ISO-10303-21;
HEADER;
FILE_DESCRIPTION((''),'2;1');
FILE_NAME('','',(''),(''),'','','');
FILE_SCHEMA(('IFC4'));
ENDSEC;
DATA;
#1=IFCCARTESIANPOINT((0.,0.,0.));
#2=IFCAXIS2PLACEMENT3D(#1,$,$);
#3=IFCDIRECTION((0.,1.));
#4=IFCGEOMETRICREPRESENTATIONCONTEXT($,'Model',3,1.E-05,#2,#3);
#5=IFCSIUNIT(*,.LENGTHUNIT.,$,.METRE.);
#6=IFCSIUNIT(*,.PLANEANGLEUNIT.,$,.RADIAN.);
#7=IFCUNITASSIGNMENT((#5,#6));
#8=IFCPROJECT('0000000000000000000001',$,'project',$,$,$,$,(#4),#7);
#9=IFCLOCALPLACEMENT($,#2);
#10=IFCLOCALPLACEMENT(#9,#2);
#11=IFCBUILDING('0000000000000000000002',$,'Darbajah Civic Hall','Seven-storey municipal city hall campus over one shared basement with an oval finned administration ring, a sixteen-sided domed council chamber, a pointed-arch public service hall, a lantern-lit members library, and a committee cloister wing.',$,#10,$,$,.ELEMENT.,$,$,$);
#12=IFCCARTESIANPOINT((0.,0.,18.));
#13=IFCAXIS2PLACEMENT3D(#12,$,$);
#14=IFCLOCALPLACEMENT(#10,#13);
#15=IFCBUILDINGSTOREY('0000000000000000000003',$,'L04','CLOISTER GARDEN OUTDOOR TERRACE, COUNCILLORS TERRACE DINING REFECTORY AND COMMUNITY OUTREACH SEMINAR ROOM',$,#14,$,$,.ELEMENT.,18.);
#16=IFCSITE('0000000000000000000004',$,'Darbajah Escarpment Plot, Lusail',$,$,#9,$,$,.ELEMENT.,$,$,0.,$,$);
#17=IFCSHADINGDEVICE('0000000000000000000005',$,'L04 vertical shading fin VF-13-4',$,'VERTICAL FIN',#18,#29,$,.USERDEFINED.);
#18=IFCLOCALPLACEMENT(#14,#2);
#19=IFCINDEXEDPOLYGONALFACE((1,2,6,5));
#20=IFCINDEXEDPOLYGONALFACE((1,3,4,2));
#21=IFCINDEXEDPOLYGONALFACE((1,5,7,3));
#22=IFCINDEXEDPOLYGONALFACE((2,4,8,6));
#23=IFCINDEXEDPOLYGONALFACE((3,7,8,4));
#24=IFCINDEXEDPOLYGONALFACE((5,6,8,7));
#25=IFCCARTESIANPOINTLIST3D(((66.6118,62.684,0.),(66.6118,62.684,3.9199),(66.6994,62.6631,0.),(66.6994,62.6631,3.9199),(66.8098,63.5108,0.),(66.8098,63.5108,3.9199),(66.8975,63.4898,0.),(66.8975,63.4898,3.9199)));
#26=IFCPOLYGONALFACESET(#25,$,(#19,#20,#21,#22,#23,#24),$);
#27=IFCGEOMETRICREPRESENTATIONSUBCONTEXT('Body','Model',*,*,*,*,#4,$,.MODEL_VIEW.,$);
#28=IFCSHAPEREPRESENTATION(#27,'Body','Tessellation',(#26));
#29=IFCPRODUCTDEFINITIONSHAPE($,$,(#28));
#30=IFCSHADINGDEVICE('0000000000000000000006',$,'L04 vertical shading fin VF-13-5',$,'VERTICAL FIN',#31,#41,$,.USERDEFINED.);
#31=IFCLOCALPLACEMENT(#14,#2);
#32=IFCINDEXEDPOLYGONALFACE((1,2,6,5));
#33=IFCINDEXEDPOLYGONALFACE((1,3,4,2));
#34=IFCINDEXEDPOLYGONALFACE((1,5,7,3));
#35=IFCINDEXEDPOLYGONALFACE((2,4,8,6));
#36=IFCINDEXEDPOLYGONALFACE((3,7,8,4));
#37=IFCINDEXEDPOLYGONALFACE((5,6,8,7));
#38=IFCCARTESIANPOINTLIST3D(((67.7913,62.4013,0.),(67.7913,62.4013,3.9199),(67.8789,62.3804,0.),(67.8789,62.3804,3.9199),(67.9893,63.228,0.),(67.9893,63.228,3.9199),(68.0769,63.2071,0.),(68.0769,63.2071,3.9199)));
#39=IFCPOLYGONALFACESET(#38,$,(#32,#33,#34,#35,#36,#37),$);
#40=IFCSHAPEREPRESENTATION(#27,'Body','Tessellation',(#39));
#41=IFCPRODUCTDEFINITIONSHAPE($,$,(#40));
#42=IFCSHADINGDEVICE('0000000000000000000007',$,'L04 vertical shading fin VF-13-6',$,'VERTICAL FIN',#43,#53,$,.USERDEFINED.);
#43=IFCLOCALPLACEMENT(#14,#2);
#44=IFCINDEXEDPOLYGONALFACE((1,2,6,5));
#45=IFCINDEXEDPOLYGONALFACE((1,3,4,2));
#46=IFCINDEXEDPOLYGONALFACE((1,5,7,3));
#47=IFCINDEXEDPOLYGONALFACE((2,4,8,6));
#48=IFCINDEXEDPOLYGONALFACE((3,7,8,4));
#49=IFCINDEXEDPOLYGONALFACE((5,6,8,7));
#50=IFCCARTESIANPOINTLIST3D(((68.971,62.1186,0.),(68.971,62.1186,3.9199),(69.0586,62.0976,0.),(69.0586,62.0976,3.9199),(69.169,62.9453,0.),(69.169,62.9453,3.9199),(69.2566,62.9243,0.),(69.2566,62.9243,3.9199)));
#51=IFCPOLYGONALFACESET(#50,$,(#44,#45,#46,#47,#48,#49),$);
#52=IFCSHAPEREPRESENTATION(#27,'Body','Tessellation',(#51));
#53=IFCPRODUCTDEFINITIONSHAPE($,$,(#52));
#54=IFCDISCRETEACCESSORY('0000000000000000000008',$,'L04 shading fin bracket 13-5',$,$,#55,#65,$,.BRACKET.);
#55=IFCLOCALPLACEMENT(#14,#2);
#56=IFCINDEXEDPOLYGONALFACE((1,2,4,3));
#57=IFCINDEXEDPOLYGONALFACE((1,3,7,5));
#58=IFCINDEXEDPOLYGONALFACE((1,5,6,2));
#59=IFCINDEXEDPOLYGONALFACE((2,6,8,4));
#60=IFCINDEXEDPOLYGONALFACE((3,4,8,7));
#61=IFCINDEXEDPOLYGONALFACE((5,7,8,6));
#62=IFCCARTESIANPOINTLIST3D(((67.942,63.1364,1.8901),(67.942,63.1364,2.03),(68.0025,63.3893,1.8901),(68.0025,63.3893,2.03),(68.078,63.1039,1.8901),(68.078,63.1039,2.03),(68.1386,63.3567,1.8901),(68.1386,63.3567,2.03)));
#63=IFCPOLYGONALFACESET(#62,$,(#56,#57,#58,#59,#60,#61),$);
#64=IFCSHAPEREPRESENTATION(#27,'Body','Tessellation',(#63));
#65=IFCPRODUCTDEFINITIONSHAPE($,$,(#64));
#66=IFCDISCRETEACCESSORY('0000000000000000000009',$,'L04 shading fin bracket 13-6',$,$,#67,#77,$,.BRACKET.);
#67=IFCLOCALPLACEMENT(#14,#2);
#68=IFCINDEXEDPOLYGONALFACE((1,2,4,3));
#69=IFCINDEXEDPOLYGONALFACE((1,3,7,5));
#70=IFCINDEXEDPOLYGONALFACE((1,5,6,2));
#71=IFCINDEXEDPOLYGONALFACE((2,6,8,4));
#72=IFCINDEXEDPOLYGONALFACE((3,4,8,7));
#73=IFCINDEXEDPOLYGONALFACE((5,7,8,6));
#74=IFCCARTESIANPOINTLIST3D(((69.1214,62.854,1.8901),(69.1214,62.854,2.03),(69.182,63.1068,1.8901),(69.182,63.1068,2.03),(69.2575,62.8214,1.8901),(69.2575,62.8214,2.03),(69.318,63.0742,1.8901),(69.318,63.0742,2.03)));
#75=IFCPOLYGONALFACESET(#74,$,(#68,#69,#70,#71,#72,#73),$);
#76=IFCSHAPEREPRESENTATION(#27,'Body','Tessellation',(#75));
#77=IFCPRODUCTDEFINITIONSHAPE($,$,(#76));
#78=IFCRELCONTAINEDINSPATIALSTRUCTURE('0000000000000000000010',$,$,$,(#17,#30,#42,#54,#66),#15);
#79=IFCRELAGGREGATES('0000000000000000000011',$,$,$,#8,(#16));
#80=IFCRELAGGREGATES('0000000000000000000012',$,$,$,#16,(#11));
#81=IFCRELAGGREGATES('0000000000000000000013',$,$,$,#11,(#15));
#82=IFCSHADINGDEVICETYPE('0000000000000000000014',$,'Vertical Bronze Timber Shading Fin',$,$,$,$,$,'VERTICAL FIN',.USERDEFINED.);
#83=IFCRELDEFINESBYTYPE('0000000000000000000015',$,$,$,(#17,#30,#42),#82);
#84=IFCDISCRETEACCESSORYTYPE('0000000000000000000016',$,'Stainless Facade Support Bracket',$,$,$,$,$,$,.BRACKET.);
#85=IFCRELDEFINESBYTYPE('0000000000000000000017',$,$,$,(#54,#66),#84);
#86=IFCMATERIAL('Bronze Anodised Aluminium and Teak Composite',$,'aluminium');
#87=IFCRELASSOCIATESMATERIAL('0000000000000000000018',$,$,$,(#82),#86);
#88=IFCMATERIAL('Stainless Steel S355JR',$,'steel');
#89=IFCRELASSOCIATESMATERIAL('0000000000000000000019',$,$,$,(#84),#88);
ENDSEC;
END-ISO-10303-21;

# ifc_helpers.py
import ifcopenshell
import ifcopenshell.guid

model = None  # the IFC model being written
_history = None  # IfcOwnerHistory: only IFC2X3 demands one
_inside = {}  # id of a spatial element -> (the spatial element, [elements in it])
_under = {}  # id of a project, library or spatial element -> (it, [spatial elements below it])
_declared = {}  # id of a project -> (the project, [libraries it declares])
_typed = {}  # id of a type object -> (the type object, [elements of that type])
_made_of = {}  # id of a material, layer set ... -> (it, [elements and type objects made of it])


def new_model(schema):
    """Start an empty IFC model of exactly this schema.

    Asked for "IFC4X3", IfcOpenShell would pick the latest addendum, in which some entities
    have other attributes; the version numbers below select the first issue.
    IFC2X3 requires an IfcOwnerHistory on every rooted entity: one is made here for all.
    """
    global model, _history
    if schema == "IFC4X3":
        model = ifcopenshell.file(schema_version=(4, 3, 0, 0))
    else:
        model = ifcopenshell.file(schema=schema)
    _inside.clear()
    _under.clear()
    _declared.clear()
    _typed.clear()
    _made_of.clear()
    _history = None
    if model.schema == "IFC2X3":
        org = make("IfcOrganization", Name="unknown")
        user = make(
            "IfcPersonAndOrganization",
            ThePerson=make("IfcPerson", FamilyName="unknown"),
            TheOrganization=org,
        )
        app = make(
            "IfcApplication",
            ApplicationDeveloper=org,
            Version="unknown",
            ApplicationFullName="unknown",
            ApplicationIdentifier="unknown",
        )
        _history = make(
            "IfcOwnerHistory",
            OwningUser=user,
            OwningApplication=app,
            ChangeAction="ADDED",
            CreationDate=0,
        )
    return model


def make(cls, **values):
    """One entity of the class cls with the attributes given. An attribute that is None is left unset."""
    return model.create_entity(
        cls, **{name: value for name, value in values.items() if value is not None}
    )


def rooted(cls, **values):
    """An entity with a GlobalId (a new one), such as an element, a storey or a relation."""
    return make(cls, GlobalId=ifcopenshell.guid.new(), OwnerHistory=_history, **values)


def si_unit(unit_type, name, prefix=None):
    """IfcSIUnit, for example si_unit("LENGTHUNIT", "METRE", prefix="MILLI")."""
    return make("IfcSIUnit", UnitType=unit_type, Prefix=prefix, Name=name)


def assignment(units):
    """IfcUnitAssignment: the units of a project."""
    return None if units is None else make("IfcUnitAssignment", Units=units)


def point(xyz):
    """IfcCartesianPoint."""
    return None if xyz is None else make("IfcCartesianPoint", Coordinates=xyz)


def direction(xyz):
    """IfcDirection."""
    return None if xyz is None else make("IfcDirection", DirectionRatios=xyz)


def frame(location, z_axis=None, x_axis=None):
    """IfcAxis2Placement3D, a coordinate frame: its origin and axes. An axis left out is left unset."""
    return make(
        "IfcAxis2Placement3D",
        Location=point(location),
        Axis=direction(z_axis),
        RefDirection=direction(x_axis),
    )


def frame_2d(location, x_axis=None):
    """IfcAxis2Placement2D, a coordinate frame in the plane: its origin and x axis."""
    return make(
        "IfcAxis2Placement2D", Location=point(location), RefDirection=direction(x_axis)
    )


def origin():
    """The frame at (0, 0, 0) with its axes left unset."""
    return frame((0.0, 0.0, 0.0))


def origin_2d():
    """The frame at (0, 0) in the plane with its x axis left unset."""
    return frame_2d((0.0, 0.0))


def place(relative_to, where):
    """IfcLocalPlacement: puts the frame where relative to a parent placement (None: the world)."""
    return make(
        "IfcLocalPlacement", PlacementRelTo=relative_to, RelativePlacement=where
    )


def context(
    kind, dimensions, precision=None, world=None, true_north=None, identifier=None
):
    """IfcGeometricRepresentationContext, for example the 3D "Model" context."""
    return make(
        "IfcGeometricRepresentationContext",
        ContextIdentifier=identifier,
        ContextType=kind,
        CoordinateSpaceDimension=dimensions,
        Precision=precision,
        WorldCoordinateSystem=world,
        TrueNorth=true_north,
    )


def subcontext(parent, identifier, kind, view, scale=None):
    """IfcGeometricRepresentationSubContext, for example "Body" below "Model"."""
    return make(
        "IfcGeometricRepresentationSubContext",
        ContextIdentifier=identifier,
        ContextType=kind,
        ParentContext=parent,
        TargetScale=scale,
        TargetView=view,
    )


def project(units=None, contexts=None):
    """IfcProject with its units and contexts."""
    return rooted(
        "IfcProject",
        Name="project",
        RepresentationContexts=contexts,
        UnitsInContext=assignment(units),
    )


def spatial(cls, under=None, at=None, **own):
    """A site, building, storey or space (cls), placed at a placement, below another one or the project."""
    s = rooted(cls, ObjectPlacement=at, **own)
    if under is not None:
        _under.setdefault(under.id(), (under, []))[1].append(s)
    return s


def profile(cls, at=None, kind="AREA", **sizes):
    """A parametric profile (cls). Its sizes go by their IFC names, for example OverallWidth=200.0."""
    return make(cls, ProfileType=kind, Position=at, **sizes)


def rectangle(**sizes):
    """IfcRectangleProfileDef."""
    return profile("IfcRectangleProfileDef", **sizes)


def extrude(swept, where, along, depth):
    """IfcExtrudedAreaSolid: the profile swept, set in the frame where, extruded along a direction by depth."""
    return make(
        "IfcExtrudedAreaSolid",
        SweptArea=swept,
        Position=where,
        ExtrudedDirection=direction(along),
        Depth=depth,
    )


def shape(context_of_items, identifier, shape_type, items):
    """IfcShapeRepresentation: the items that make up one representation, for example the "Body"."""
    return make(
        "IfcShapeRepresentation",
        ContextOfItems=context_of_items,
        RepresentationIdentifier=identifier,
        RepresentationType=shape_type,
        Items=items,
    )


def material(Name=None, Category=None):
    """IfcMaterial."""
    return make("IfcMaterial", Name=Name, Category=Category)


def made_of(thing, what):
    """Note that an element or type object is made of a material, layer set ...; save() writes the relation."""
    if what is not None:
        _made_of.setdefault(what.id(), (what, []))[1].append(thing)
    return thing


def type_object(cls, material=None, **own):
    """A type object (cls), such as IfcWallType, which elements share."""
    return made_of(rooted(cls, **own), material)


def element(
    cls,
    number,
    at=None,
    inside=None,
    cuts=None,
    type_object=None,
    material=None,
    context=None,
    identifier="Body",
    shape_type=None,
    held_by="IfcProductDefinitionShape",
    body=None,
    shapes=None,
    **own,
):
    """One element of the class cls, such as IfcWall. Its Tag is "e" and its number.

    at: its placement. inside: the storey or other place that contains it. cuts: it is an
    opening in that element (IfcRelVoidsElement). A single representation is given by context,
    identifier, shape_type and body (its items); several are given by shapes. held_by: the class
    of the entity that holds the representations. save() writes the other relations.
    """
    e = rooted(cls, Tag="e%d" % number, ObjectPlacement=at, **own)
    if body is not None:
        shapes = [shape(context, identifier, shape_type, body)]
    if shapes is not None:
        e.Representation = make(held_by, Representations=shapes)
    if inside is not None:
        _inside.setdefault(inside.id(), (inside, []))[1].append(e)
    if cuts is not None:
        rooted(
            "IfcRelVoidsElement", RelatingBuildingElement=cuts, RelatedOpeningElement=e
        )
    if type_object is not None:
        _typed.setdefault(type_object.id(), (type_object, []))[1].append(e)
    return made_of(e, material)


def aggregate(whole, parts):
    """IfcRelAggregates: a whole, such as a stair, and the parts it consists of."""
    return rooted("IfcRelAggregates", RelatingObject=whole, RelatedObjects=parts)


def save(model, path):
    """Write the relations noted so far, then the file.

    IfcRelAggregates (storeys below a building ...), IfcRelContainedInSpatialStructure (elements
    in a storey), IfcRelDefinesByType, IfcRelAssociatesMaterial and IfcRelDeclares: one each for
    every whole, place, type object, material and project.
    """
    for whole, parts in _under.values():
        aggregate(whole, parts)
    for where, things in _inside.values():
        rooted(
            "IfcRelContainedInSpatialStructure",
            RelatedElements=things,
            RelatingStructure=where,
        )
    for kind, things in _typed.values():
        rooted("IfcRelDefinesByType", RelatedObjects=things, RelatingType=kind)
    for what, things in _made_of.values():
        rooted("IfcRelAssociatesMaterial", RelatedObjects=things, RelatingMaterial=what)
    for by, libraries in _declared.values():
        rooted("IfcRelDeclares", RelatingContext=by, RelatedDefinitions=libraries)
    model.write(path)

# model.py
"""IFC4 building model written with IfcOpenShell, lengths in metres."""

from ifc_helpers import new_model, si_unit, direction, frame, origin, origin_2d, place, context, subcontext, project, spatial, rectangle, extrude, material, type_object, element, save


model = new_model("IFC4")

# Units and contexts
model_context = context("Model", 3, precision=1e-05, world=origin(), true_north=direction((0.0, 1.0)))
body_context = subcontext(model_context, "Body", "Model", "MODEL_VIEW")
ifc_project = project(units=[si_unit("LENGTHUNIT", "METRE"), si_unit("PLANEANGLEUNIT", "RADIAN")], contexts=[model_context])

# Site, building, storey
site_placement = place(None, origin())
site = spatial("IfcSite", under=ifc_project, at=site_placement, Name="Darbajah Escarpment Plot, Lusail", CompositionType="ELEMENT", RefElevation=0.0)
building_placement = place(site_placement, origin())
building = spatial("IfcBuilding", under=site, at=building_placement, Name="Darbajah Civic Hall", Description="Seven-storey municipal city hall campus over one shared basement with an oval finned administration ring, a sixteen-sided domed council chamber, a pointed-arch public service hall, a lantern-lit members library, and a committee cloister wing.", CompositionType="ELEMENT")
storey_placement = place(building_placement, frame((0.0, 0.0, 18.0)))
storey = spatial("IfcBuildingStorey", under=building, at=storey_placement, Name="L04", Description="CLOISTER GARDEN OUTDOOR TERRACE, COUNCILLORS TERRACE DINING REFECTORY AND COMMUNITY OUTREACH SEMINAR ROOM", CompositionType="ELEMENT", Elevation=18.0)

# Shading devices
ifc_material_1 = material(Name="Bronze Anodised Aluminium and Teak Composite", Category="aluminium")
shading_device_type = type_object("IfcShadingDeviceType", Name="Vertical Bronze Timber Shading Fin", ElementType="VERTICAL FIN", PredefinedType="USERDEFINED", material=ifc_material_1)
for number, where, z_axis, x_axis, name in (
    (1, (66.7546, 63.0869, 0.0), (0.0, 0.0, 1.0), (-0.232936, -0.972492, 0.0), "L04 vertical shading fin VF-13-4"),
    (2, (67.9341, 62.8042, 0.0), (0.0, 0.0, 1.0), (-0.232936, -0.972492, 0.0), "L04 vertical shading fin VF-13-5"),
    (3, (69.1138, 62.5215, 0.0), (0.0, 0.0, 1.0), (-0.232936, -0.972492, 0.0), "L04 vertical shading fin VF-13-6"),
):
    element("IfcShadingDevice", number, at=place(storey_placement, frame(where, z_axis=z_axis, x_axis=x_axis)), inside=storey, type_object=shading_device_type, Name=name, ObjectType="VERTICAL FIN", PredefinedType="USERDEFINED", context=body_context, shape_type="SweptSolid", body=[
        extrude(rectangle(XDim=0.8501, YDim=0.0901, at=origin_2d()), origin(), (0.0, 0.0, 1.0), 3.9199),
    ])

# Discrete accessories
ifc_material_2 = material(Name="Stainless Steel S355JR", Category="steel")
discrete_accessory_type = type_object("IfcDiscreteAccessoryType", Name="Stainless Facade Support Bracket", PredefinedType="BRACKET", material=ifc_material_2)
for number, where, z_axis, x_axis, name in (
    (4, (68.0403, 63.2466, 1.8901), (0.0, 0.0, 1.0), (-0.232936, -0.972492, 0.0), "L04 shading fin bracket 13-5"),
    (5, (69.2197, 62.9641, 1.8901), (0.0, 0.0, 1.0), (-0.232936, -0.972492, 0.0), "L04 shading fin bracket 13-6"),
):
    element("IfcDiscreteAccessory", number, at=place(storey_placement, frame(where, z_axis=z_axis, x_axis=x_axis)), inside=storey, type_object=discrete_accessory_type, Name=name, PredefinedType="BRACKET", context=body_context, shape_type="SweptSolid", body=[
        extrude(rectangle(XDim=0.26, YDim=0.1399, at=origin_2d()), origin(), (0.0, 0.0, 1.0), 0.1399),
    ])

save(model, "model.ifc")
